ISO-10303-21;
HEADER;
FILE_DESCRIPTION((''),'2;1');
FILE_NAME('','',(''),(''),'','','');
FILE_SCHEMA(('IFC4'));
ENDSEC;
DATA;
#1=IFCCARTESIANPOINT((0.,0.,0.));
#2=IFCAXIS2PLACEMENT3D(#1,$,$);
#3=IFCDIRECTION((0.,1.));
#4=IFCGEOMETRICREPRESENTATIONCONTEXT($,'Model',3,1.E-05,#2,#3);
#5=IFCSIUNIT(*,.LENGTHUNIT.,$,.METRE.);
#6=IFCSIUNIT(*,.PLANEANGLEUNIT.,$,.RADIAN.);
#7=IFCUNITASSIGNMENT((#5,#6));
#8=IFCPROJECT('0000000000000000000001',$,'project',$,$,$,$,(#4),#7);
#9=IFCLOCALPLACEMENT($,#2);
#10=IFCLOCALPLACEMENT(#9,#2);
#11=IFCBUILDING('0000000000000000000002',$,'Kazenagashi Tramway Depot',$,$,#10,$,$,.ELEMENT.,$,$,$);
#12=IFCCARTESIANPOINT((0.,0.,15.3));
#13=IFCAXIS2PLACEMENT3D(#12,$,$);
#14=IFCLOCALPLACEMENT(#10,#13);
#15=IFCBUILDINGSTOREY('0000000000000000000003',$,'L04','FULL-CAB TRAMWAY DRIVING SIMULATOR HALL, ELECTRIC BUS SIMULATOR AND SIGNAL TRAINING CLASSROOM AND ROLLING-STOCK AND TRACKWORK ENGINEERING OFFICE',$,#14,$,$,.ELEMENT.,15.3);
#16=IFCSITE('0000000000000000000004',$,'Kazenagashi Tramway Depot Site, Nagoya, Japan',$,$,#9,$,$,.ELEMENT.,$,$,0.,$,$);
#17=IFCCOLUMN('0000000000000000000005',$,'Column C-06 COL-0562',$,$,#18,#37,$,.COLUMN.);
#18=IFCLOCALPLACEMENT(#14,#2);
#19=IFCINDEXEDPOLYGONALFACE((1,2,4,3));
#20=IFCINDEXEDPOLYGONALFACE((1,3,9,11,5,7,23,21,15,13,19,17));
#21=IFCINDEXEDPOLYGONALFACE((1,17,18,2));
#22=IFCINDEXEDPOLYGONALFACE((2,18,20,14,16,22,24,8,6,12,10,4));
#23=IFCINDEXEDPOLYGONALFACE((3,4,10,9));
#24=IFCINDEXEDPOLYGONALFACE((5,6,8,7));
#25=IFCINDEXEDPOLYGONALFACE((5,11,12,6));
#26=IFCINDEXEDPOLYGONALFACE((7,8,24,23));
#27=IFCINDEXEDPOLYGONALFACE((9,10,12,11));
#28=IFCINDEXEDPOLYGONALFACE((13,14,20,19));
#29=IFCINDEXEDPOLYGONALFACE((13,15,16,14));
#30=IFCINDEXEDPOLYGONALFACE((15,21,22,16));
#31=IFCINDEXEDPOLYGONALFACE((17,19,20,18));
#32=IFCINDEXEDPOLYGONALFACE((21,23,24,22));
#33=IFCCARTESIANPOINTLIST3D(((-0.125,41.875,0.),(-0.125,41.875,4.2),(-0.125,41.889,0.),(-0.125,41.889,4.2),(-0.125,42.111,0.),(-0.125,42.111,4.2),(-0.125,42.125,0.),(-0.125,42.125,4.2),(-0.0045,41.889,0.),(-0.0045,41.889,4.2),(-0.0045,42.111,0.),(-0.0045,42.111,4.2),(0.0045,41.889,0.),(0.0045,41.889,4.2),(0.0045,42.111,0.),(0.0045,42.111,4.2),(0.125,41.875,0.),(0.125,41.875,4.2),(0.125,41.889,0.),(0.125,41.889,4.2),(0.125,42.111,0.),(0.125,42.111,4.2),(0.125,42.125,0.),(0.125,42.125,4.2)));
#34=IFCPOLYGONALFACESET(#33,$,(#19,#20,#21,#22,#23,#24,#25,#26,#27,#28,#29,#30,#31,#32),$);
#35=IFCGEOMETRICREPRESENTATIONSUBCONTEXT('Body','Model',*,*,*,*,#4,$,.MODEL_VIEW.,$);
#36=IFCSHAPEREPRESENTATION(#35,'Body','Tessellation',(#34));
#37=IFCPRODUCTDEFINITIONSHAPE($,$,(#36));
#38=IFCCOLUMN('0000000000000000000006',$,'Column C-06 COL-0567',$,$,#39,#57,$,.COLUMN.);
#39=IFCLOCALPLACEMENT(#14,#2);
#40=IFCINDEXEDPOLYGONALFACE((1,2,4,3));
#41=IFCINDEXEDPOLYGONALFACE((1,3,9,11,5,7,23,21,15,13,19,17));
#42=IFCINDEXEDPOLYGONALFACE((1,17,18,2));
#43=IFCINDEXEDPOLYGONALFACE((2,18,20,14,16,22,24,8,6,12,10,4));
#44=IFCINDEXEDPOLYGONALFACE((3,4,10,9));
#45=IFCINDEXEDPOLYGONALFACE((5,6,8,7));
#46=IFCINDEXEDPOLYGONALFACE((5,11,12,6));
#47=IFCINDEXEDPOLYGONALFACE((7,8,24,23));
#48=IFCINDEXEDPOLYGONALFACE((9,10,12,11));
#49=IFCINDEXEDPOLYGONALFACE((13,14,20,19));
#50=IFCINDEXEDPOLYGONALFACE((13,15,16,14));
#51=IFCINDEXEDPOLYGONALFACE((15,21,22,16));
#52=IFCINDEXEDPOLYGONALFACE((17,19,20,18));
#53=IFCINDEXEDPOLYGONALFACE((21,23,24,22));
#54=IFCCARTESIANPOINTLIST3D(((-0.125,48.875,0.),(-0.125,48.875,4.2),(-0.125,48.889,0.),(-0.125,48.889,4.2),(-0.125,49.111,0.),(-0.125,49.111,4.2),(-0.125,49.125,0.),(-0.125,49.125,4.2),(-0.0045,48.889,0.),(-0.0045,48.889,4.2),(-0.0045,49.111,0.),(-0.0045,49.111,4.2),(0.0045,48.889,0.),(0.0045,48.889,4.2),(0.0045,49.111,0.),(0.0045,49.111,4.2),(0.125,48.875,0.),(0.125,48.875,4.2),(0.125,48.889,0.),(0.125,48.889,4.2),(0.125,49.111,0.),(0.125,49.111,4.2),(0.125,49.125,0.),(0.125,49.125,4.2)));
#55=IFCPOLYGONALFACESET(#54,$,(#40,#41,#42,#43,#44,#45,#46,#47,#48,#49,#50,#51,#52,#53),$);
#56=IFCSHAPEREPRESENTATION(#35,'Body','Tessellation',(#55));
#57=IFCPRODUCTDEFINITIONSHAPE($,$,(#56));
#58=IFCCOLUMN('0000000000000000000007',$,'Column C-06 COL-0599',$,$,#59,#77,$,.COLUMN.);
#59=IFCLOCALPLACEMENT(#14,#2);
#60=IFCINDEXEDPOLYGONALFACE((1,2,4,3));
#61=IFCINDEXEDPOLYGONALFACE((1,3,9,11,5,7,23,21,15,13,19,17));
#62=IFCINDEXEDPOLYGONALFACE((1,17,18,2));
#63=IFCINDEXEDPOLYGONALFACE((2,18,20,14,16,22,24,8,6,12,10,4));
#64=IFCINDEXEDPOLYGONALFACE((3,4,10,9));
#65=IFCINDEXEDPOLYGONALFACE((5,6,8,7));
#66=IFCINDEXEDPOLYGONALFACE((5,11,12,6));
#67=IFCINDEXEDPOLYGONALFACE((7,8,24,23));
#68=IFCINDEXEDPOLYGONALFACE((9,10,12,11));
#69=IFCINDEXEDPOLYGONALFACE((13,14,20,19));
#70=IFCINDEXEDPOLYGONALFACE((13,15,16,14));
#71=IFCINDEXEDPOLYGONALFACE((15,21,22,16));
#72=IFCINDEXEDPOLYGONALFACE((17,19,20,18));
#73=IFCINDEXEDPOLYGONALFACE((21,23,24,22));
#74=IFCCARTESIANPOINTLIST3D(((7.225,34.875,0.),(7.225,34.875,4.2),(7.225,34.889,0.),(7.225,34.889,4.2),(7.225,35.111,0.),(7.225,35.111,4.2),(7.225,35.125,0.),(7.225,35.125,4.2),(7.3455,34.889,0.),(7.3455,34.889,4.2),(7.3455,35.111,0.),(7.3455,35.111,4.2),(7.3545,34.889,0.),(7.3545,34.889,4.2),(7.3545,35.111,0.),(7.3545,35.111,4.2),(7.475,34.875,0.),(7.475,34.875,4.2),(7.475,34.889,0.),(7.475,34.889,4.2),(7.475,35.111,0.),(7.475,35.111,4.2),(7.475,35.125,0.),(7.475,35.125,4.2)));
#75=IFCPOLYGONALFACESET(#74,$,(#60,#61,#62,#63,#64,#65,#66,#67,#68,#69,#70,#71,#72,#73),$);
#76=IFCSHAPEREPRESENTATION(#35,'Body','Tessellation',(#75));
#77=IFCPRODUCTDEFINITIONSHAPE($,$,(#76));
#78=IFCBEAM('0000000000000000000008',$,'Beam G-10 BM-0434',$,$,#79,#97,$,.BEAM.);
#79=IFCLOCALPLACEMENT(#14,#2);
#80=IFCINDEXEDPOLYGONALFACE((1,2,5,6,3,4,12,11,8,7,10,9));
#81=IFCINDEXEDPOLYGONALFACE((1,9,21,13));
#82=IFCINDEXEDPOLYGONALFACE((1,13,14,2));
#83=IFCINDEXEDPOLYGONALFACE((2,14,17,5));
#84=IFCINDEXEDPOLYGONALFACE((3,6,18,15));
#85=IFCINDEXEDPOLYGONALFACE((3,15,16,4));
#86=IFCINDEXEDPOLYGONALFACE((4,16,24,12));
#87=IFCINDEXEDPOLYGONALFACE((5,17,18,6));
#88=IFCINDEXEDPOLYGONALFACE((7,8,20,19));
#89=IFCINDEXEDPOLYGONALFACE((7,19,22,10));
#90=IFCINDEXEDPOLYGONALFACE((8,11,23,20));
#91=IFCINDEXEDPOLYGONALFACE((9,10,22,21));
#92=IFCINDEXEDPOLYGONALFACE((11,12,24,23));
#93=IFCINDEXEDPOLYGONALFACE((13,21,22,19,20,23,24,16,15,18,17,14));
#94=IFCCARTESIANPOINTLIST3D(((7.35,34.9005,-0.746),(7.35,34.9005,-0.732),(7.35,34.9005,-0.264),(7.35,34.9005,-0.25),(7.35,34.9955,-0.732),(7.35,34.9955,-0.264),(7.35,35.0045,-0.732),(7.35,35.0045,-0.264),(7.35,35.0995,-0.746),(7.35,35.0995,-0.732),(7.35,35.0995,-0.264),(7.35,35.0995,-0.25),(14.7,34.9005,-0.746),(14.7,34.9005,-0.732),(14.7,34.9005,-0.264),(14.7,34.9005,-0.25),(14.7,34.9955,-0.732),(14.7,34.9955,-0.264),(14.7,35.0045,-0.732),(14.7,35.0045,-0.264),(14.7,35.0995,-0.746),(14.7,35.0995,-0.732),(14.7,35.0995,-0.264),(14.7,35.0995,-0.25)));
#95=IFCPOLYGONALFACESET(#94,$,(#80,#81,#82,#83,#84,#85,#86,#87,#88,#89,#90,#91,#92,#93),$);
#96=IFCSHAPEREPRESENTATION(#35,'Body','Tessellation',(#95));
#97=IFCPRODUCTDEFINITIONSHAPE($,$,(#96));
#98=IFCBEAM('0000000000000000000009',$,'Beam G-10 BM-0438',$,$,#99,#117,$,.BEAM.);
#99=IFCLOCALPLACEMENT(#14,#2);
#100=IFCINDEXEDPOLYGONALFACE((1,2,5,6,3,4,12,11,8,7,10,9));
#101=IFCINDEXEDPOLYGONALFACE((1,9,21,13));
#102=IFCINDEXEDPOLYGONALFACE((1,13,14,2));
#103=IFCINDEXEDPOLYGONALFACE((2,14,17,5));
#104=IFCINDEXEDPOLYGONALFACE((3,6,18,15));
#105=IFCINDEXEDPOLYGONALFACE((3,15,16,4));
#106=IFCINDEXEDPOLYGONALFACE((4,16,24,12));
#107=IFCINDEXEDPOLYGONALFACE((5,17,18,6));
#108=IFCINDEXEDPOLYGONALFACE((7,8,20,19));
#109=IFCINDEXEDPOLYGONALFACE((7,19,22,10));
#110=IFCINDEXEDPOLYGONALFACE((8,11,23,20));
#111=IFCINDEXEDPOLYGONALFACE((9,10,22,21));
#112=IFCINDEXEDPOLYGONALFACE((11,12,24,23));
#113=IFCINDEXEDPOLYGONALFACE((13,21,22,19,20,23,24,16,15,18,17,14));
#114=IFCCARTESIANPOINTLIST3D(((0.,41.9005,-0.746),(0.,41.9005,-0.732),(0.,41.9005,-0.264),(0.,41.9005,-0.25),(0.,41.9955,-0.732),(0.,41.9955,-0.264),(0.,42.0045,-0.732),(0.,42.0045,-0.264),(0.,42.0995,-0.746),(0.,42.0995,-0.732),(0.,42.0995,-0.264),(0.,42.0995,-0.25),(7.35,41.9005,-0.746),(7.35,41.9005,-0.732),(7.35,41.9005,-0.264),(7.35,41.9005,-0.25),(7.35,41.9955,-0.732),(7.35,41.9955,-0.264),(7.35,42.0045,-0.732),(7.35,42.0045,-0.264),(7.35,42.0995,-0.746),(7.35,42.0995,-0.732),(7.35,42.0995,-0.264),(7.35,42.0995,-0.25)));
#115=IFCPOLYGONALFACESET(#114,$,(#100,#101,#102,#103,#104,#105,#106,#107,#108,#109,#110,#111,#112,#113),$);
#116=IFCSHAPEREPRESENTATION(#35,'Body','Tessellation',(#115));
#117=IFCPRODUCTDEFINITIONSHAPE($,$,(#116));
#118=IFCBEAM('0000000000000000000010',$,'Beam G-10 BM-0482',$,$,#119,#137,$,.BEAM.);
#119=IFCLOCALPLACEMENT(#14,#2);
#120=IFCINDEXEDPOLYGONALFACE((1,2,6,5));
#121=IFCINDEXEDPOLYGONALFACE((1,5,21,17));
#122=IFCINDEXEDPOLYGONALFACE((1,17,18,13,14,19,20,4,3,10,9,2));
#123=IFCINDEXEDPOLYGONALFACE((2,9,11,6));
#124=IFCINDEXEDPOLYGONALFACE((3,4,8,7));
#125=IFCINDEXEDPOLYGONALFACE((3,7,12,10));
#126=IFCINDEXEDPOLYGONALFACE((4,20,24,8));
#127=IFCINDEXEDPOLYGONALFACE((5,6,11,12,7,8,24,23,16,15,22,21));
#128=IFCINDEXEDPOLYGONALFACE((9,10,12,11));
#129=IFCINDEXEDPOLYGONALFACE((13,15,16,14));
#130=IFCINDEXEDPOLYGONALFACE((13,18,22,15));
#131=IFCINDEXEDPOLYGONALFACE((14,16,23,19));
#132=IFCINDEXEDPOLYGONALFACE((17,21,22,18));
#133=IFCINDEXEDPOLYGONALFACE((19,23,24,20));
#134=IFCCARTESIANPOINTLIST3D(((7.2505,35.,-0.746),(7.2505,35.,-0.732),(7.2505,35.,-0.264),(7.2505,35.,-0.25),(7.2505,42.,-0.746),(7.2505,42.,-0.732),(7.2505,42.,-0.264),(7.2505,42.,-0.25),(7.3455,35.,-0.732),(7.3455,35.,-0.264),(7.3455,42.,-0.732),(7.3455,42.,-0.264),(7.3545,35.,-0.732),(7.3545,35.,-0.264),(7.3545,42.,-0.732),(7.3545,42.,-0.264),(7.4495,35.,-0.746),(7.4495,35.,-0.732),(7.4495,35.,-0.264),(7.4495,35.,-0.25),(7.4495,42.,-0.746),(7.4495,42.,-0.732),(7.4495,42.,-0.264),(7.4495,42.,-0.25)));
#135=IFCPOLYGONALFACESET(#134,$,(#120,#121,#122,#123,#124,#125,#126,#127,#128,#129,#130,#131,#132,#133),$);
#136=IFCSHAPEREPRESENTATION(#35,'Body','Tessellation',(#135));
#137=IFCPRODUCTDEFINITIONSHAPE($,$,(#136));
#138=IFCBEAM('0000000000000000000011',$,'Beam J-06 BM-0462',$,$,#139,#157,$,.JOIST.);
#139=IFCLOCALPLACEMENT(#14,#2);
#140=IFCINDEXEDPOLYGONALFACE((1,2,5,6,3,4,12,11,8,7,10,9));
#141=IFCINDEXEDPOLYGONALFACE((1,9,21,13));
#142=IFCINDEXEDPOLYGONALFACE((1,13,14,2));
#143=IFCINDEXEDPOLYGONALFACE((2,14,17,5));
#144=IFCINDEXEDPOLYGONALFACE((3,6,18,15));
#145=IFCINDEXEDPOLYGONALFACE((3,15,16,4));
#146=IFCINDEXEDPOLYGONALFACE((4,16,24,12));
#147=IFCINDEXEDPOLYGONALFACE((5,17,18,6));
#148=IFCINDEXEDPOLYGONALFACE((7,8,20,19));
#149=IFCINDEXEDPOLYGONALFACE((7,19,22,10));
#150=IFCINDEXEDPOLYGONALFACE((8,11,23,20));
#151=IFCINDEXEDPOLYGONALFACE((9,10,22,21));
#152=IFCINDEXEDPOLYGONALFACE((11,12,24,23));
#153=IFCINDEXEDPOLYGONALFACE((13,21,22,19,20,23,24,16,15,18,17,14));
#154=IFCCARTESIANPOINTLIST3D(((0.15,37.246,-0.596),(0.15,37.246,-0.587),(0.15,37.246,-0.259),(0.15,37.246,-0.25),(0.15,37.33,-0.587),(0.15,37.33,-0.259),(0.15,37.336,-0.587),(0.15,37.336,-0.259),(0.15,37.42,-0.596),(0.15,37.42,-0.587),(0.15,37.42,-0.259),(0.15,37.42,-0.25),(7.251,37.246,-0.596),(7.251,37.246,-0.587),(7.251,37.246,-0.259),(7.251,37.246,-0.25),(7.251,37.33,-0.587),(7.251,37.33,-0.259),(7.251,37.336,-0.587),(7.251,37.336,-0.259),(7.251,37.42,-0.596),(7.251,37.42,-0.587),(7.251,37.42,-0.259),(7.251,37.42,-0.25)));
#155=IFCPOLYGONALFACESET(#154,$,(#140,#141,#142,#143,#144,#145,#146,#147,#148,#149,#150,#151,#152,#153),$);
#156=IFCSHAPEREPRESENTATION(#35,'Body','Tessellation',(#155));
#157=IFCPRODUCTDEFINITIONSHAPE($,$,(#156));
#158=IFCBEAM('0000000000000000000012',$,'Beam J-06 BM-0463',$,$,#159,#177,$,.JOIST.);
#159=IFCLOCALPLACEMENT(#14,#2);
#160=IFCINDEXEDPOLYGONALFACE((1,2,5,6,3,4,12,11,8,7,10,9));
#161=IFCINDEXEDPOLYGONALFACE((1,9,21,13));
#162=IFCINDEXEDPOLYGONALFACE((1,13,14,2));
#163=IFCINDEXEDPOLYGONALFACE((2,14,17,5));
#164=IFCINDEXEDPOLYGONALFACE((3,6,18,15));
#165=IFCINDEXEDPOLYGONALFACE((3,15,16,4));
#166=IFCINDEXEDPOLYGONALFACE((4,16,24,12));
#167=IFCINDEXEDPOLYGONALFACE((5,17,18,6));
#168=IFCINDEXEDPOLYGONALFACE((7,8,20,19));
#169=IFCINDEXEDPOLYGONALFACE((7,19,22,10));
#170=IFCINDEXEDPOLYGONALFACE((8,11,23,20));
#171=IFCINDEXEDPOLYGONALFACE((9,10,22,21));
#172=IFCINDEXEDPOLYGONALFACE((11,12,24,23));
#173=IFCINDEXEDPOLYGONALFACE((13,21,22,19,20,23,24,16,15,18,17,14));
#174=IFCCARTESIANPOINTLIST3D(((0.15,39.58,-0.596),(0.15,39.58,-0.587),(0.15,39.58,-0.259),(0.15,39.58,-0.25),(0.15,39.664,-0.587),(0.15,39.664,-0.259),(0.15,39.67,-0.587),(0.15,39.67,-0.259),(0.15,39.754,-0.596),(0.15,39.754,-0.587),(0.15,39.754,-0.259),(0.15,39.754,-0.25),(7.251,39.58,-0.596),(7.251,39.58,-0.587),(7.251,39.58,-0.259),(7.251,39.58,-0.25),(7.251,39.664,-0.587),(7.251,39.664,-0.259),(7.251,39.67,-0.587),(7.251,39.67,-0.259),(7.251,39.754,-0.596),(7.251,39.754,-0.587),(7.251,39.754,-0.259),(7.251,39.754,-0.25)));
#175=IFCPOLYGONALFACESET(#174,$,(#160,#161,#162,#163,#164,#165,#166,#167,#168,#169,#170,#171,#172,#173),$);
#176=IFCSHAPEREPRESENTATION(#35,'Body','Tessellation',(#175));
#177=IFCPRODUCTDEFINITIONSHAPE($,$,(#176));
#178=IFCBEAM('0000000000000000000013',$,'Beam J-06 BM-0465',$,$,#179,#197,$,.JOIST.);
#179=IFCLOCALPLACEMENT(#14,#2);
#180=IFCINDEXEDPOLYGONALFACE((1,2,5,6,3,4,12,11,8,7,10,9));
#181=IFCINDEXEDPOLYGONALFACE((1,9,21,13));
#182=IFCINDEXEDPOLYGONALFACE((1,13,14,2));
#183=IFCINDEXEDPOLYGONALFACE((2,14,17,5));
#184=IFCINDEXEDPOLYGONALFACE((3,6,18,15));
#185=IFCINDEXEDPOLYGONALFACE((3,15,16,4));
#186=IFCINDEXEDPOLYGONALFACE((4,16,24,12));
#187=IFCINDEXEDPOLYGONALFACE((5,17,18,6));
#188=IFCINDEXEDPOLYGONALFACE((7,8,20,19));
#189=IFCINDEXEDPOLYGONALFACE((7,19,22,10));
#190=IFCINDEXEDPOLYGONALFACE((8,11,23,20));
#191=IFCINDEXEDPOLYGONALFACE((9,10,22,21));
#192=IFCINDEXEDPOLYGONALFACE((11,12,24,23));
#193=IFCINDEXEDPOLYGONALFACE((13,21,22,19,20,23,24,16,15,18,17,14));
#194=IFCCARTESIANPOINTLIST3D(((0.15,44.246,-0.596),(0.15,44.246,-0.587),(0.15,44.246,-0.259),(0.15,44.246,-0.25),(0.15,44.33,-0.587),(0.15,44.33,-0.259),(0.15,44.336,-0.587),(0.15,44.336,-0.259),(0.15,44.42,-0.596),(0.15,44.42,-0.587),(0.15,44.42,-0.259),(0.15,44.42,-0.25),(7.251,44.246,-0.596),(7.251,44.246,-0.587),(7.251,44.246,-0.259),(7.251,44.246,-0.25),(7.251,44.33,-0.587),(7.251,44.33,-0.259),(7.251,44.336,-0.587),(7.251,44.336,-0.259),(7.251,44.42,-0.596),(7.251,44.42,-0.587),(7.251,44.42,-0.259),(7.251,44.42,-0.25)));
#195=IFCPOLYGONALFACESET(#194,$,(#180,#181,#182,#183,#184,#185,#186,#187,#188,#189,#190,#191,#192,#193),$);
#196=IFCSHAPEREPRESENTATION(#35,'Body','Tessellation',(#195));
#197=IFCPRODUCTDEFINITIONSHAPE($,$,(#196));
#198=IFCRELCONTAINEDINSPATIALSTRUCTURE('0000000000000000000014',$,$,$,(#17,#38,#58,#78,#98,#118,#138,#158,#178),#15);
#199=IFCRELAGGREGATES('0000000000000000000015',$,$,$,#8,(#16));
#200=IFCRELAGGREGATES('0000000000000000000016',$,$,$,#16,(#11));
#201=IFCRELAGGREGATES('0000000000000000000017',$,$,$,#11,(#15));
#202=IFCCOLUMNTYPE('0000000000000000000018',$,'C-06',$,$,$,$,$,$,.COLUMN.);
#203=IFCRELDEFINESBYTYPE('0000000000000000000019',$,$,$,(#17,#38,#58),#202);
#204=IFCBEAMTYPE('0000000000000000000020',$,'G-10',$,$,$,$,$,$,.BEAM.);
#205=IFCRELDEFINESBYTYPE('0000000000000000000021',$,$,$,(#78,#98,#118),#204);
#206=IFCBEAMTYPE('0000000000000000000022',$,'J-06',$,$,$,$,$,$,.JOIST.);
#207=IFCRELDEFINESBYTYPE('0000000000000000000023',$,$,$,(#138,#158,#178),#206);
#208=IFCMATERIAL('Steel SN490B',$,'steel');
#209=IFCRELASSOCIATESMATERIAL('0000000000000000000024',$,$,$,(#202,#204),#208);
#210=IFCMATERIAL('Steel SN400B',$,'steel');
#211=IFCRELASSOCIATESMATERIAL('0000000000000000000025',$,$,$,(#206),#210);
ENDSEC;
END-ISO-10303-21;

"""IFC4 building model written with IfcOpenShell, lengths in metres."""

from ifc_helpers import new_model, si_unit, direction, frame, origin, origin_2d, place, context, subcontext, project, spatial, i_section, extrude, material, material_profile, profile_set, type_object, element, save


model = new_model("IFC4")

# Units and contexts
model_context = context("Model", 3, precision=1e-05, world=origin(), true_north=direction((0.0, 1.0)))
body_context = subcontext(model_context, "Body", "Model", "MODEL_VIEW")
ifc_project = project(units=[si_unit("LENGTHUNIT", "METRE"), si_unit("PLANEANGLEUNIT", "RADIAN")], contexts=[model_context])

# Site, building, storey
site_placement = place(None, origin())
site = spatial("IfcSite", under=ifc_project, at=site_placement, Name="Kazenagashi Tramway Depot Site, Nagoya, Japan", CompositionType="ELEMENT", RefElevation=0.0)
building_placement = place(site_placement, origin())
building = spatial("IfcBuilding", under=site, at=building_placement, Name="Kazenagashi Tramway Depot", CompositionType="ELEMENT")
storey_placement = place(building_placement, frame((0.0, 0.0, 15.3)))
storey = spatial("IfcBuildingStorey", under=building, at=storey_placement, Name="L04", Description="FULL-CAB TRAMWAY DRIVING SIMULATOR HALL, ELECTRIC BUS SIMULATOR AND SIGNAL TRAINING CLASSROOM AND ROLLING-STOCK AND TRACKWORK ENGINEERING OFFICE", CompositionType="ELEMENT", Elevation=15.3)

# Columns
ifc_material_1 = material(Name="Steel SN490B", Category="steel")
ifc_material_profile_1 = material_profile(ifc_material_1, i_section(OverallWidth=0.25, OverallDepth=0.25, WebThickness=0.009, FlangeThickness=0.014, at=origin_2d()), Name="H-250x250x9x14")
ifc_profile_set_1 = profile_set([ifc_material_profile_1], Name="Steel SN490B")
column_type = type_object("IfcColumnType", Name="C-06", PredefinedType="COLUMN", material=ifc_profile_set_1)
for number, where, z_axis, x_axis, name in (
    (1, (0.0, 42.0, 0.0), (0.0, 0.0, 1.0), (1.0, 0.0, 0.0), "Column C-06 COL-0562"),
    (2, (0.0, 49.0, 0.0), (0.0, 0.0, 1.0), (1.0, 0.0, 0.0), "Column C-06 COL-0567"),
    (3, (7.35, 35.0, 0.0), (0.0, 0.0, 1.0), (1.0, 0.0, 0.0), "Column C-06 COL-0599"),
):
    element("IfcColumn", number, at=place(storey_placement, frame(where, z_axis=z_axis, x_axis=x_axis)), inside=storey, type_object=column_type, Name=name, PredefinedType="COLUMN", context=body_context, shape_type="SweptSolid", body=[
        extrude(i_section(OverallWidth=0.25, OverallDepth=0.25, WebThickness=0.009, FlangeThickness=0.014, at=origin_2d()), origin(), (0.0, 0.0, 1.0), 4.2),
    ])

# Beams
ifc_material_profile_2 = material_profile(ifc_material_1, i_section(OverallWidth=0.199, OverallDepth=0.496, WebThickness=0.009, FlangeThickness=0.014, at=origin_2d()), Name="H-496x199x9x14")
ifc_profile_set_2 = profile_set([ifc_material_profile_2], Name="Steel SN490B")
beam_type_1 = type_object("IfcBeamType", Name="G-10", PredefinedType="BEAM", material=ifc_profile_set_2)
for number, where, z_axis, x_axis, name in (
    (4, (7.35, 35.0, -0.498), (1.0, 0.0, 0.0), (0.0, 1.0, 0.0), "Beam G-10 BM-0434"),
    (5, (0.0, 42.0, -0.498), (1.0, 0.0, 0.0), (0.0, 1.0, 0.0), "Beam G-10 BM-0438"),
):
    element("IfcBeam", number, at=place(storey_placement, frame(where, z_axis=z_axis, x_axis=x_axis)), inside=storey, type_object=beam_type_1, Name=name, PredefinedType="BEAM", context=body_context, shape_type="SweptSolid", body=[
        extrude(i_section(OverallWidth=0.199, OverallDepth=0.496, WebThickness=0.009, FlangeThickness=0.014, at=origin_2d()), origin(), (0.0, 0.0, 1.0), 7.35),
    ])
beam_1_placement = place(storey_placement, frame((7.35, 35.0, -0.498), z_axis=(0.0, 1.0, 0.0), x_axis=(-1.0, 0.0, 0.0)))
element("IfcBeam", 6, at=beam_1_placement, inside=storey, type_object=beam_type_1, Name="Beam G-10 BM-0482", PredefinedType="BEAM", context=body_context, shape_type="SweptSolid", body=[
    extrude(i_section(OverallWidth=0.199, OverallDepth=0.496, WebThickness=0.009, FlangeThickness=0.014, at=origin_2d()), origin(), (0.0, 0.0, 1.0), 7.0),
])
ifc_material_2 = material(Name="Steel SN400B", Category="steel")
ifc_material_profile_3 = material_profile(ifc_material_2, i_section(OverallWidth=0.174, OverallDepth=0.346, WebThickness=0.006, FlangeThickness=0.009, at=origin_2d()), Name="H-346x174x6x9")
ifc_profile_set_3 = profile_set([ifc_material_profile_3], Name="Steel SN400B")
beam_type_2 = type_object("IfcBeamType", Name="J-06", PredefinedType="JOIST", material=ifc_profile_set_3)
for number, where, z_axis, x_axis, name in (
    (7, (0.15, 37.333, -0.423), (1.0, 0.0, 0.0), (0.0, 1.0, 0.0), "Beam J-06 BM-0462"),
    (8, (0.15, 39.667, -0.423), (1.0, 0.0, 0.0), (0.0, 1.0, 0.0), "Beam J-06 BM-0463"),
    (9, (0.15, 44.333, -0.423), (1.0, 0.0, 0.0), (0.0, 1.0, 0.0), "Beam J-06 BM-0465"),
):
    element("IfcBeam", number, at=place(storey_placement, frame(where, z_axis=z_axis, x_axis=x_axis)), inside=storey, type_object=beam_type_2, Name=name, PredefinedType="JOIST", context=body_context, shape_type="SweptSolid", body=[
        extrude(i_section(OverallWidth=0.174, OverallDepth=0.346, WebThickness=0.006, FlangeThickness=0.009, at=origin_2d()), origin(), (0.0, 0.0, 1.0), 7.101),
    ])

save(model, "model.ifc")
